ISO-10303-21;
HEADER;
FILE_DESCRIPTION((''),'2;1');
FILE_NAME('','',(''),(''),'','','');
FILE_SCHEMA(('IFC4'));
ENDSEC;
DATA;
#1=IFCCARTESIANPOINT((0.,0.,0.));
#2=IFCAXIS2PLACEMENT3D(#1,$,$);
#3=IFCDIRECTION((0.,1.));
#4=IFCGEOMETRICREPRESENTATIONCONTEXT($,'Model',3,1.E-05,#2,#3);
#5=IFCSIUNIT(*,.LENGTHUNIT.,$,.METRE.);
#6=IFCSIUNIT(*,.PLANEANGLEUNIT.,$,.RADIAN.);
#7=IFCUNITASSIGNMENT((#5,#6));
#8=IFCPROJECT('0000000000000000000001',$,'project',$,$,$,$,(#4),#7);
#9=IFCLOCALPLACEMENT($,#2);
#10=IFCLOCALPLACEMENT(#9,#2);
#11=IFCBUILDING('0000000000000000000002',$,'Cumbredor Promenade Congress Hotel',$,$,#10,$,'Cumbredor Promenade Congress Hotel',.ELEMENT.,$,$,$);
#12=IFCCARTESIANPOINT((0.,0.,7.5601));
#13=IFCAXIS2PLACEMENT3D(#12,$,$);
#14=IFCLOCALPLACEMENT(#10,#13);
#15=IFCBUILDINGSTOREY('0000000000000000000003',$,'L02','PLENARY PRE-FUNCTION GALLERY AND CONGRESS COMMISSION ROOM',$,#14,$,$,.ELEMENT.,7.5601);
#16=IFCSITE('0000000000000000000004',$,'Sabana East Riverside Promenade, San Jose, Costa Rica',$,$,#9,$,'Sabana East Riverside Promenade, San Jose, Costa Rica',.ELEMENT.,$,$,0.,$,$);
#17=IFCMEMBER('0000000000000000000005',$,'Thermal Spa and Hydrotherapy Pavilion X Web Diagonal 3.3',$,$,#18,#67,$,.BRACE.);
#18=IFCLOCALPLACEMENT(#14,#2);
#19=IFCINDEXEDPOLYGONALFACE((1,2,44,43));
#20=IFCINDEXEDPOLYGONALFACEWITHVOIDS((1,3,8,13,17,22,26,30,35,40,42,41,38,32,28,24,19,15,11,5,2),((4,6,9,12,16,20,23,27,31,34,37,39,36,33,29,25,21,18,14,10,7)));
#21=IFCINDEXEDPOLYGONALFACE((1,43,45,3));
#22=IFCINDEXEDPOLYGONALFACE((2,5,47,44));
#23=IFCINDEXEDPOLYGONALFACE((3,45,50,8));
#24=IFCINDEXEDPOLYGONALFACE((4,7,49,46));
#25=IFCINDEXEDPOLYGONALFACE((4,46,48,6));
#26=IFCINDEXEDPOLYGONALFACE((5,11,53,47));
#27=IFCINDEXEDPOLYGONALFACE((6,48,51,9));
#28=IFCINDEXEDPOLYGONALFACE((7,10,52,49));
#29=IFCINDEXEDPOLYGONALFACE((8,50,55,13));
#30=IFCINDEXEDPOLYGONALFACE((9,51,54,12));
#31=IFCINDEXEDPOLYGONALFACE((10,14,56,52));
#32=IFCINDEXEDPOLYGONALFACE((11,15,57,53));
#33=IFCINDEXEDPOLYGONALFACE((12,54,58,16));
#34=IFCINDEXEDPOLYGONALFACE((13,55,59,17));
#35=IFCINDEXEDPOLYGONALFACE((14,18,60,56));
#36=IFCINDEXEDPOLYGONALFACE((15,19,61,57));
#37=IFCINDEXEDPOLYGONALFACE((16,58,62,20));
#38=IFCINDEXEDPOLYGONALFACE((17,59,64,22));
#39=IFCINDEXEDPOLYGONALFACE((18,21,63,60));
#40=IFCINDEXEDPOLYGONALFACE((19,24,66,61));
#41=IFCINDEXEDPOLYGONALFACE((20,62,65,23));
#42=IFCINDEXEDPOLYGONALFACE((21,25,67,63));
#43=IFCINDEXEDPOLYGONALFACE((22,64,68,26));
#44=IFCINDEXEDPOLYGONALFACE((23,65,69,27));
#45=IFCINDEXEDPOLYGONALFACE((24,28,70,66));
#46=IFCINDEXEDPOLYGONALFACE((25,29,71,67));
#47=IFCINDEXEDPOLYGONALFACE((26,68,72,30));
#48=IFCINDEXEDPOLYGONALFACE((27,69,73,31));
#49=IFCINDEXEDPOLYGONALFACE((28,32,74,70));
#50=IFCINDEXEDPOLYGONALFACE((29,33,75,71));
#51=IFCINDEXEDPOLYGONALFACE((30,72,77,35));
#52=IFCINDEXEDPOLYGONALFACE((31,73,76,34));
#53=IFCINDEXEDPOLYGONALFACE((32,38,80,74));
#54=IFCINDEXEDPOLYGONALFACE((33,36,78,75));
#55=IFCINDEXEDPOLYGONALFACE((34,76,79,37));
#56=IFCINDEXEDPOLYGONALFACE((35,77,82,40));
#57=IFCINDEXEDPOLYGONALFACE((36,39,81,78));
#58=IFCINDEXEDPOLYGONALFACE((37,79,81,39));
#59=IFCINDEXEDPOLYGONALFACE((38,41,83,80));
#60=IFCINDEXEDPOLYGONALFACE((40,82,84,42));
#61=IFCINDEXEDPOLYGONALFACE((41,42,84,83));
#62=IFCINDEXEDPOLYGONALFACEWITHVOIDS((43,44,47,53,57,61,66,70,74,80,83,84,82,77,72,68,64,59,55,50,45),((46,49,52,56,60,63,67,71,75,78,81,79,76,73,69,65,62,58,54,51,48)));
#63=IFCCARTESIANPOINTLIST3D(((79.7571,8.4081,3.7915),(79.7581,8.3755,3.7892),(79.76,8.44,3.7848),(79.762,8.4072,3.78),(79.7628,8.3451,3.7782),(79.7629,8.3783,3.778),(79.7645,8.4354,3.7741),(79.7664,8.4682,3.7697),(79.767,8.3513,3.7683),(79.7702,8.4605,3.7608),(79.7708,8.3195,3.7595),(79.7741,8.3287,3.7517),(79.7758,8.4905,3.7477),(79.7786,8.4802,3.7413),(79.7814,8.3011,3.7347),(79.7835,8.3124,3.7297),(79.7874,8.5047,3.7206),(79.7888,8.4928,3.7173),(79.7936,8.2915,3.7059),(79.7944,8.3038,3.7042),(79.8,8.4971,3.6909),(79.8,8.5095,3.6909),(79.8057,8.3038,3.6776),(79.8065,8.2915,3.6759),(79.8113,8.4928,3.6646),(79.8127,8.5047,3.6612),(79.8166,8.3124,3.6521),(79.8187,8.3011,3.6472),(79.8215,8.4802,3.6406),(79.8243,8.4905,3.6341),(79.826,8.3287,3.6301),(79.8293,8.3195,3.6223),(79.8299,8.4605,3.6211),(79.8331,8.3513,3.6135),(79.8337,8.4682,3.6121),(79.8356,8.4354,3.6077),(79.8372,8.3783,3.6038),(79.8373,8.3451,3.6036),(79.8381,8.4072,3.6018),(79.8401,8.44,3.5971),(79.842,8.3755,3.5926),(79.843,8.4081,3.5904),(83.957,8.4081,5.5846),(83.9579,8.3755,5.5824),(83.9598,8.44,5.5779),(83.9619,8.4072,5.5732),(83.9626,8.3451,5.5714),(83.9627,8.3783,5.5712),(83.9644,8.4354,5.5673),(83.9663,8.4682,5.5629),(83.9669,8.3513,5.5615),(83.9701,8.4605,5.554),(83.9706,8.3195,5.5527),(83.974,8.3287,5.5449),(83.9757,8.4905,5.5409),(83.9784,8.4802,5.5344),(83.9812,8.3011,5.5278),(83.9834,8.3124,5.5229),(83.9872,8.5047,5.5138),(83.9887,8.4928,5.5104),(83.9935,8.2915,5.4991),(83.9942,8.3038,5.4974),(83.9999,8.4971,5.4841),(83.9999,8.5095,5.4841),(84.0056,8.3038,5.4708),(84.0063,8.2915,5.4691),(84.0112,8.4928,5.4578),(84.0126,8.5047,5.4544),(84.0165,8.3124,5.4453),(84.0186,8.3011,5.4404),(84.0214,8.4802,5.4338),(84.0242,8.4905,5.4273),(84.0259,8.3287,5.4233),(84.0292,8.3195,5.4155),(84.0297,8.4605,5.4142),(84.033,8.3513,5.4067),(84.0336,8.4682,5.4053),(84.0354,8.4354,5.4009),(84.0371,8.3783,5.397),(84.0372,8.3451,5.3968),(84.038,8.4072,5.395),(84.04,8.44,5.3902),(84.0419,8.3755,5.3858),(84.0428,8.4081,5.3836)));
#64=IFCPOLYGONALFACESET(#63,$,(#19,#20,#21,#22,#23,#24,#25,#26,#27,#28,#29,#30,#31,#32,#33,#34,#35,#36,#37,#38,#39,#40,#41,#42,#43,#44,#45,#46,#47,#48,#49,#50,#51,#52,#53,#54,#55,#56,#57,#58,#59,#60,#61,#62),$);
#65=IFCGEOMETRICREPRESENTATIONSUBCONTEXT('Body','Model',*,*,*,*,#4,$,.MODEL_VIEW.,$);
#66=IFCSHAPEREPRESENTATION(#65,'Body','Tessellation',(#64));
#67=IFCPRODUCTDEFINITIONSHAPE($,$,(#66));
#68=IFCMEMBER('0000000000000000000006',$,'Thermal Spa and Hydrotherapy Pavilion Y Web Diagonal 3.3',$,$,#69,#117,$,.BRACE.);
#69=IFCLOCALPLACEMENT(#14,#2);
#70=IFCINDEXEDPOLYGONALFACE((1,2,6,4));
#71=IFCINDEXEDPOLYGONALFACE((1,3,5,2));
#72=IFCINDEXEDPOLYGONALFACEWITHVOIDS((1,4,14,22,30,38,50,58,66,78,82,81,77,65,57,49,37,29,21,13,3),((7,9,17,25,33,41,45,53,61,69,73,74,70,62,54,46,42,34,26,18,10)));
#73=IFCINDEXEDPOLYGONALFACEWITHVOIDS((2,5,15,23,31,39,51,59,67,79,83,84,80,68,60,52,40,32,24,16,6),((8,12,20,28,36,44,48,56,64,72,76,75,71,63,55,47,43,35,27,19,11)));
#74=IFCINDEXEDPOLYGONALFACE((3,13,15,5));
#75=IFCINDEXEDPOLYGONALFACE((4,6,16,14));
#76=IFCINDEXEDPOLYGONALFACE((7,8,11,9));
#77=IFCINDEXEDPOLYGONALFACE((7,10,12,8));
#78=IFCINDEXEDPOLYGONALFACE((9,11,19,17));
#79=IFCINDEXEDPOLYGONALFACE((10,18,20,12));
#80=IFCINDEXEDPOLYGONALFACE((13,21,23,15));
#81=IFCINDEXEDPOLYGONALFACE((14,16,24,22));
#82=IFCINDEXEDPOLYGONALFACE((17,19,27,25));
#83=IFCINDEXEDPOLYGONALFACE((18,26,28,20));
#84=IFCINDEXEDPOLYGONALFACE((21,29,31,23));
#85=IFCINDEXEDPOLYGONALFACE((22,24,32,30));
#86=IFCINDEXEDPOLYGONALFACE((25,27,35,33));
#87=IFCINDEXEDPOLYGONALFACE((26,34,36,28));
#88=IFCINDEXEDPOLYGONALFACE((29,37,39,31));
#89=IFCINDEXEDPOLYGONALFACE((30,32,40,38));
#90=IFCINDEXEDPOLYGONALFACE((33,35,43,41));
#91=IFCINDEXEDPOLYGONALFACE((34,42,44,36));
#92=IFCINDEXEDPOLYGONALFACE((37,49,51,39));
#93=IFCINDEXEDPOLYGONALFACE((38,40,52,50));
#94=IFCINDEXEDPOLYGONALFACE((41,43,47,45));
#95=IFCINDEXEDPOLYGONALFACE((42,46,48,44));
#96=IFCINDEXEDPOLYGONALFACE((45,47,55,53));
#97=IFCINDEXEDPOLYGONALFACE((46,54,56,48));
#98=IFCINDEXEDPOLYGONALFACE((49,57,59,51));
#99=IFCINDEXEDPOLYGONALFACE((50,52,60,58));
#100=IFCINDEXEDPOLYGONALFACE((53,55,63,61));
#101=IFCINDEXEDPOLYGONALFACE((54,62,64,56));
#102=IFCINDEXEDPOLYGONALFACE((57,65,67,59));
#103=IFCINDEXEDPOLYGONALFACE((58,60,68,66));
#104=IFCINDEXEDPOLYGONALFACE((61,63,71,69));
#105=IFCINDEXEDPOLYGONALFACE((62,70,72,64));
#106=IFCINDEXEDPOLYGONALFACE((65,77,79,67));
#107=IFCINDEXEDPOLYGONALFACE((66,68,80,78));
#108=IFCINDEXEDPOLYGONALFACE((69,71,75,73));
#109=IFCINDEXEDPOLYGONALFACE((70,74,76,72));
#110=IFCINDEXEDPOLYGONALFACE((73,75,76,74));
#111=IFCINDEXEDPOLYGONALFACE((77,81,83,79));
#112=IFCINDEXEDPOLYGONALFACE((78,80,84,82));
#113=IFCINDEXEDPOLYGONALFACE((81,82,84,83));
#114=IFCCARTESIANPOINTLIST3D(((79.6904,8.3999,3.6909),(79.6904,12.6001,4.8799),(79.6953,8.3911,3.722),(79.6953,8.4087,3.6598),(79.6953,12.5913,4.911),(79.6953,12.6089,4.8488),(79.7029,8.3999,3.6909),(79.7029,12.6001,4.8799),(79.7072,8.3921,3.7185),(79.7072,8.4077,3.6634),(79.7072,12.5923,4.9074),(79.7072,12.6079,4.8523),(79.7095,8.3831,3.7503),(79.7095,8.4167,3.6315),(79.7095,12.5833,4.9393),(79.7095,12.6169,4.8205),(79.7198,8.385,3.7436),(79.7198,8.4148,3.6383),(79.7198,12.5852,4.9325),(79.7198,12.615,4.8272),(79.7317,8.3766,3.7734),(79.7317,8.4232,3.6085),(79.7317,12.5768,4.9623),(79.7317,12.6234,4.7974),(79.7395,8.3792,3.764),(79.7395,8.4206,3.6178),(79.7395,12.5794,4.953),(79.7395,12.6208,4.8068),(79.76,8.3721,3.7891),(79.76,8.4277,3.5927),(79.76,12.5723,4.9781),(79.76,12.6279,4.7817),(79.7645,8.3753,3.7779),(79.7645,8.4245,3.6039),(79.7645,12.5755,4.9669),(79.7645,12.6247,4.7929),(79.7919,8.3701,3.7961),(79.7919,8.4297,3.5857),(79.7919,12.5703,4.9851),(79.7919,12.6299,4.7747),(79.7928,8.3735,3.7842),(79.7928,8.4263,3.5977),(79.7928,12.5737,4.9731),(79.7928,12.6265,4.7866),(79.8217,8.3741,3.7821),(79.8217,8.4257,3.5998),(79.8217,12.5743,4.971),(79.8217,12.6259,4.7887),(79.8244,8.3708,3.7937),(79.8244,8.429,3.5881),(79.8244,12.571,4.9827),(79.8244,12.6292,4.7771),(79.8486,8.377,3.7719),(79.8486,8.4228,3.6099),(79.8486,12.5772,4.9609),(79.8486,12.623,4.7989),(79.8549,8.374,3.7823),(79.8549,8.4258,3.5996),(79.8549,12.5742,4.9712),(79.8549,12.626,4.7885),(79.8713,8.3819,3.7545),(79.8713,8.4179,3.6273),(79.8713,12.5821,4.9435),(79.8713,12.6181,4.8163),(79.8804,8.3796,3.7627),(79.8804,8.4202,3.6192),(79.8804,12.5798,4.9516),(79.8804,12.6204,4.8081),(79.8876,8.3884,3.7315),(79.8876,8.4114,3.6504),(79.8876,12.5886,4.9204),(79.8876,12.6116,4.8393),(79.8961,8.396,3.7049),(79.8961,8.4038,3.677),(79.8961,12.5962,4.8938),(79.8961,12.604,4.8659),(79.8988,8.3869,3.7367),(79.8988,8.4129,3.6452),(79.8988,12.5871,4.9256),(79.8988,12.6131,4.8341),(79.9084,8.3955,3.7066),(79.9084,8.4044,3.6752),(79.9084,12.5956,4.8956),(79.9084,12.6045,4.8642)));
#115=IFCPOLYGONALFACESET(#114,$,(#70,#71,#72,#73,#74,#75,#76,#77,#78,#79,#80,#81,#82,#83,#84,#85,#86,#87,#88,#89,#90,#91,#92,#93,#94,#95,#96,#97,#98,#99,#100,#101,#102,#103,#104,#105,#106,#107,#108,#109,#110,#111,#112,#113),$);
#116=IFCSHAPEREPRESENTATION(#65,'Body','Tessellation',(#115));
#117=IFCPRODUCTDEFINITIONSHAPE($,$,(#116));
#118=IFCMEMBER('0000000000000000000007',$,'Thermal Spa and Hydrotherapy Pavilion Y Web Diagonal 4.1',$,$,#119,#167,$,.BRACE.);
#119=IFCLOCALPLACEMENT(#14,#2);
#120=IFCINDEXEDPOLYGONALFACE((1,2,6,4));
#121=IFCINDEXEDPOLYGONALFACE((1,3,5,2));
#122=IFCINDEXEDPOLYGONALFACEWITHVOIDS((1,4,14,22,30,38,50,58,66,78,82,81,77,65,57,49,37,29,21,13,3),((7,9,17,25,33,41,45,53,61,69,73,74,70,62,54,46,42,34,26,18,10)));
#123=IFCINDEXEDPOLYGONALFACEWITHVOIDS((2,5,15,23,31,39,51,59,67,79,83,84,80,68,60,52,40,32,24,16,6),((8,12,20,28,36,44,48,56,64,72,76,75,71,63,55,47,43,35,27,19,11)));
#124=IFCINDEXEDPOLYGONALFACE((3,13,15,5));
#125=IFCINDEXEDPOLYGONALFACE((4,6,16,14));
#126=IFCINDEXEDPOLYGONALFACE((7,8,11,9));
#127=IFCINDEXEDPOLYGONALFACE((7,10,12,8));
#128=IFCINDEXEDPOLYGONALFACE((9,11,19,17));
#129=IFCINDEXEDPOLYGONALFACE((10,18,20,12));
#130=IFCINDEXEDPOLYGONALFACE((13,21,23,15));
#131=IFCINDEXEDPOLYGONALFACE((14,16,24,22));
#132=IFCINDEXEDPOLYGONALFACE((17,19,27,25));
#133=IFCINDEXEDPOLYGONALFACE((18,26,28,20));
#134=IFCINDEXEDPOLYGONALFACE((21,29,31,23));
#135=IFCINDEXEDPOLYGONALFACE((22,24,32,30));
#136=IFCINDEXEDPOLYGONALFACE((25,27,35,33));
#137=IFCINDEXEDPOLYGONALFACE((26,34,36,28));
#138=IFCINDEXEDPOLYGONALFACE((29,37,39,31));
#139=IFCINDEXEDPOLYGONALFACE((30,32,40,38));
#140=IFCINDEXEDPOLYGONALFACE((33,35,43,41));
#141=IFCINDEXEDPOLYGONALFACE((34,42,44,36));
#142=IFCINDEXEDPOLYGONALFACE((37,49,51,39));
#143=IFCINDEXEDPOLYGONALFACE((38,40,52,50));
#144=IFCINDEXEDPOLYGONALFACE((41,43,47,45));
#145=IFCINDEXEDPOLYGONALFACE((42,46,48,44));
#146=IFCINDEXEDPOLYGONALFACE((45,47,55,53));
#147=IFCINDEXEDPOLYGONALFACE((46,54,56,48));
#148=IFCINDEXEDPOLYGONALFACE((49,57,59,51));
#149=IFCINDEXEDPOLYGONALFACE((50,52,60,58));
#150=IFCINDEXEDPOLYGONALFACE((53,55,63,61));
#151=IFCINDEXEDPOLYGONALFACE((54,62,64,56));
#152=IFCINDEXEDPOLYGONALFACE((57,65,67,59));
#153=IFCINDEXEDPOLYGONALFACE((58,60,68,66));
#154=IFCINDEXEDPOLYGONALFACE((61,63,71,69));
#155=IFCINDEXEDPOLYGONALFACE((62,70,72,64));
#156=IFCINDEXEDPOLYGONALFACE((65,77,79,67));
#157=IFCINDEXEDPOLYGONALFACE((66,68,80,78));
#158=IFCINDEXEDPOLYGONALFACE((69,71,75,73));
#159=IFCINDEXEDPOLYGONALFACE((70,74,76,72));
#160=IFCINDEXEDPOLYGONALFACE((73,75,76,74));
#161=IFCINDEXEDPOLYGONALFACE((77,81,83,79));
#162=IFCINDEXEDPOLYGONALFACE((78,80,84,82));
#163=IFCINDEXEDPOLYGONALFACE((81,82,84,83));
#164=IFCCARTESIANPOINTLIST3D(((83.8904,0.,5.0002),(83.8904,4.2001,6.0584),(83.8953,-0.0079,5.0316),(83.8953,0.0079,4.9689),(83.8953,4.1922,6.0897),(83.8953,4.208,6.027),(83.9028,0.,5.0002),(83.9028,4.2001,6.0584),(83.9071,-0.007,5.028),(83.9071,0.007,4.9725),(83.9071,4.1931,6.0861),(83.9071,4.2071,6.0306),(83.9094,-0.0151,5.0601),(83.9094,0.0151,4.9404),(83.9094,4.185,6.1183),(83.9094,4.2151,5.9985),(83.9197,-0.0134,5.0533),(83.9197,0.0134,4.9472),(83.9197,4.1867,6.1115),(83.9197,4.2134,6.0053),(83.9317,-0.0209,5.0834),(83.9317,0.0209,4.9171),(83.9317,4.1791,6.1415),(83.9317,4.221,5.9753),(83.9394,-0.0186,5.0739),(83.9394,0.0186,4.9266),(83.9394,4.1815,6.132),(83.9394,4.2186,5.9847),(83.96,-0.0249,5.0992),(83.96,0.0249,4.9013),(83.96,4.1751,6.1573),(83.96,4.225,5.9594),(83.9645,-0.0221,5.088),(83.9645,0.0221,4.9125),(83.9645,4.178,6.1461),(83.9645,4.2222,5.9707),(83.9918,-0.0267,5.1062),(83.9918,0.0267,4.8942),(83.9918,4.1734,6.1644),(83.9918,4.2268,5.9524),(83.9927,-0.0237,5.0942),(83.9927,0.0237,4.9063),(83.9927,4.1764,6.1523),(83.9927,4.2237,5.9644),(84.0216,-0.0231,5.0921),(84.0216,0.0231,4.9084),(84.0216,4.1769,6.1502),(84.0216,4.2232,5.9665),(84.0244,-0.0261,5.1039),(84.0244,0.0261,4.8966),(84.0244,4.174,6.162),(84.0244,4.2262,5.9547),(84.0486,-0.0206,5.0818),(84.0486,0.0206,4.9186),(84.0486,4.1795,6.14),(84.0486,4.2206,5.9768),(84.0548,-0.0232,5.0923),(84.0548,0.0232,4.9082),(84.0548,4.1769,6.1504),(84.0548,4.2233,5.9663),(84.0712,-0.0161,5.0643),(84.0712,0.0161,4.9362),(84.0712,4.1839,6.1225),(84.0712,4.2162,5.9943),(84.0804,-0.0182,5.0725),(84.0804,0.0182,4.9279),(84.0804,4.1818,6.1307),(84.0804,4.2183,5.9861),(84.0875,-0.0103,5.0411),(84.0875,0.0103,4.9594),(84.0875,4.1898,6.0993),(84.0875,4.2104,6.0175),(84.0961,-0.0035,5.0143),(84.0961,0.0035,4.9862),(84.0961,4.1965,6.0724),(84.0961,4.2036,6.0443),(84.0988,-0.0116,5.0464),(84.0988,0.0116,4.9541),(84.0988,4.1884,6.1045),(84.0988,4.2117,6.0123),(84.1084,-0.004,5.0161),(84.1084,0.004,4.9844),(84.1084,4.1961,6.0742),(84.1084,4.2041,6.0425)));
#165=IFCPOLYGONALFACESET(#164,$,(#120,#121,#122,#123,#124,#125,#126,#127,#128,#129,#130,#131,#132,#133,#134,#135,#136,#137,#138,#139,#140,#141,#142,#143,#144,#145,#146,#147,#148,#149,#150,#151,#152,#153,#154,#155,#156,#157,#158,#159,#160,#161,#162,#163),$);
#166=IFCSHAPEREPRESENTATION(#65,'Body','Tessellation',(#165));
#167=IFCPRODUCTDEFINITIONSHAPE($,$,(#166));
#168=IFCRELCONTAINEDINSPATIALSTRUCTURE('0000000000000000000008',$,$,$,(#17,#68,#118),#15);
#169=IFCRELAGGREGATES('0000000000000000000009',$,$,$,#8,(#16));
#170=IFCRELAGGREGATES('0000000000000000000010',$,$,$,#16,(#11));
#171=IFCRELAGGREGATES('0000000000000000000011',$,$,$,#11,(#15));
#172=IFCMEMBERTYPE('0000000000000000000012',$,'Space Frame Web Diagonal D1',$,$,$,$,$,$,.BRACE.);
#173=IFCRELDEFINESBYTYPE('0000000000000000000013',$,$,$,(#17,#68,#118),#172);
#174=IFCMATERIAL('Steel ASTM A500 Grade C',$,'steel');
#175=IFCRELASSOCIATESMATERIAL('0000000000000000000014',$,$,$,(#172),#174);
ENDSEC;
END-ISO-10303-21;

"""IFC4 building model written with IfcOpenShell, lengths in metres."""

from ifc_helpers import new_model, si_unit, direction, frame, origin, origin_2d, place, context, subcontext, project, spatial, hollow_circle, extrude, material, material_profile, profile_set, type_object, element, save


model = new_model("IFC4")

# Units and contexts
model_context = context("Model", 3, precision=1e-05, world=origin(), true_north=direction((0.0, 1.0)))
body_context = subcontext(model_context, "Body", "Model", "MODEL_VIEW")
ifc_project = project(units=[si_unit("LENGTHUNIT", "METRE"), si_unit("PLANEANGLEUNIT", "RADIAN")], contexts=[model_context])

# Site, building, storey
site_placement = place(None, origin())
site = spatial("IfcSite", under=ifc_project, at=site_placement, Name="Sabana East Riverside Promenade, San Jose, Costa Rica", LongName="Sabana East Riverside Promenade, San Jose, Costa Rica", CompositionType="ELEMENT", RefElevation=0.0)
building_placement = place(site_placement, origin())
building = spatial("IfcBuilding", under=site, at=building_placement, Name="Cumbredor Promenade Congress Hotel", LongName="Cumbredor Promenade Congress Hotel", CompositionType="ELEMENT")
storey_placement = place(building_placement, frame((0.0, 0.0, 7.5601)))
storey = spatial("IfcBuildingStorey", under=building, at=storey_placement, Name="L02", Description="PLENARY PRE-FUNCTION GALLERY AND CONGRESS COMMISSION ROOM", CompositionType="ELEMENT", Elevation=7.5601)

# Members
ifc_material_1 = material(Name="Steel ASTM A500 Grade C", Category="steel")
ifc_material_profile_1 = material_profile(ifc_material_1, hollow_circle(Radius=0.1096, WallThickness=0.0125, at=origin_2d()), Name="CHS 219.1x12.5")
ifc_profile_set_1 = profile_set([ifc_material_profile_1], Name="Steel ASTM A500 Grade C")
member_type_1 = type_object("IfcMemberType", Name="Space Frame Web Diagonal D1", PredefinedType="BRACE", material=ifc_profile_set_1)
member_1_placement = place(storey_placement, frame((79.8, 8.3999, 3.6909), z_axis=(0.919681, 0.0, 0.392667), x_axis=(0.0, 1.0, 0.0)))
element("IfcMember", 1, at=member_1_placement, inside=storey, type_object=member_type_1, Name="Thermal Spa and Hydrotherapy Pavilion X Web Diagonal 3.3", PredefinedType="BRACE", context=body_context, shape_type="SweptSolid", body=[
    extrude(hollow_circle(Radius=0.1096, WallThickness=0.0125, at=origin_2d()), origin(), (0.0, 0.0, 1.0), 4.5667),
])
member_2_placement = place(storey_placement, frame((79.8, 8.3999, 3.6909), z_axis=(0.0, 0.962192, 0.272371), x_axis=(-1.0, 0.0, 0.0)))
element("IfcMember", 2, at=member_2_placement, inside=storey, type_object=member_type_1, Name="Thermal Spa and Hydrotherapy Pavilion Y Web Diagonal 3.3", PredefinedType="BRACE", context=body_context, shape_type="SweptSolid", body=[
    extrude(hollow_circle(Radius=0.1096, WallThickness=0.0125, at=origin_2d()), origin(), (0.0, 0.0, 1.0), 4.3652),
])
member_3_placement = place(storey_placement, frame((84.0, 0.0, 5.0002), z_axis=(0.0, 0.9697, 0.244299), x_axis=(-1.0, 0.0, 0.0)))
element("IfcMember", 3, at=member_3_placement, inside=storey, type_object=member_type_1, Name="Thermal Spa and Hydrotherapy Pavilion Y Web Diagonal 4.1", PredefinedType="BRACE", context=body_context, shape_type="SweptSolid", body=[
    extrude(hollow_circle(Radius=0.1096, WallThickness=0.0125, at=origin_2d()), origin(), (0.0, 0.0, 1.0), 4.3313),
])

save(model, "model.ifc")
